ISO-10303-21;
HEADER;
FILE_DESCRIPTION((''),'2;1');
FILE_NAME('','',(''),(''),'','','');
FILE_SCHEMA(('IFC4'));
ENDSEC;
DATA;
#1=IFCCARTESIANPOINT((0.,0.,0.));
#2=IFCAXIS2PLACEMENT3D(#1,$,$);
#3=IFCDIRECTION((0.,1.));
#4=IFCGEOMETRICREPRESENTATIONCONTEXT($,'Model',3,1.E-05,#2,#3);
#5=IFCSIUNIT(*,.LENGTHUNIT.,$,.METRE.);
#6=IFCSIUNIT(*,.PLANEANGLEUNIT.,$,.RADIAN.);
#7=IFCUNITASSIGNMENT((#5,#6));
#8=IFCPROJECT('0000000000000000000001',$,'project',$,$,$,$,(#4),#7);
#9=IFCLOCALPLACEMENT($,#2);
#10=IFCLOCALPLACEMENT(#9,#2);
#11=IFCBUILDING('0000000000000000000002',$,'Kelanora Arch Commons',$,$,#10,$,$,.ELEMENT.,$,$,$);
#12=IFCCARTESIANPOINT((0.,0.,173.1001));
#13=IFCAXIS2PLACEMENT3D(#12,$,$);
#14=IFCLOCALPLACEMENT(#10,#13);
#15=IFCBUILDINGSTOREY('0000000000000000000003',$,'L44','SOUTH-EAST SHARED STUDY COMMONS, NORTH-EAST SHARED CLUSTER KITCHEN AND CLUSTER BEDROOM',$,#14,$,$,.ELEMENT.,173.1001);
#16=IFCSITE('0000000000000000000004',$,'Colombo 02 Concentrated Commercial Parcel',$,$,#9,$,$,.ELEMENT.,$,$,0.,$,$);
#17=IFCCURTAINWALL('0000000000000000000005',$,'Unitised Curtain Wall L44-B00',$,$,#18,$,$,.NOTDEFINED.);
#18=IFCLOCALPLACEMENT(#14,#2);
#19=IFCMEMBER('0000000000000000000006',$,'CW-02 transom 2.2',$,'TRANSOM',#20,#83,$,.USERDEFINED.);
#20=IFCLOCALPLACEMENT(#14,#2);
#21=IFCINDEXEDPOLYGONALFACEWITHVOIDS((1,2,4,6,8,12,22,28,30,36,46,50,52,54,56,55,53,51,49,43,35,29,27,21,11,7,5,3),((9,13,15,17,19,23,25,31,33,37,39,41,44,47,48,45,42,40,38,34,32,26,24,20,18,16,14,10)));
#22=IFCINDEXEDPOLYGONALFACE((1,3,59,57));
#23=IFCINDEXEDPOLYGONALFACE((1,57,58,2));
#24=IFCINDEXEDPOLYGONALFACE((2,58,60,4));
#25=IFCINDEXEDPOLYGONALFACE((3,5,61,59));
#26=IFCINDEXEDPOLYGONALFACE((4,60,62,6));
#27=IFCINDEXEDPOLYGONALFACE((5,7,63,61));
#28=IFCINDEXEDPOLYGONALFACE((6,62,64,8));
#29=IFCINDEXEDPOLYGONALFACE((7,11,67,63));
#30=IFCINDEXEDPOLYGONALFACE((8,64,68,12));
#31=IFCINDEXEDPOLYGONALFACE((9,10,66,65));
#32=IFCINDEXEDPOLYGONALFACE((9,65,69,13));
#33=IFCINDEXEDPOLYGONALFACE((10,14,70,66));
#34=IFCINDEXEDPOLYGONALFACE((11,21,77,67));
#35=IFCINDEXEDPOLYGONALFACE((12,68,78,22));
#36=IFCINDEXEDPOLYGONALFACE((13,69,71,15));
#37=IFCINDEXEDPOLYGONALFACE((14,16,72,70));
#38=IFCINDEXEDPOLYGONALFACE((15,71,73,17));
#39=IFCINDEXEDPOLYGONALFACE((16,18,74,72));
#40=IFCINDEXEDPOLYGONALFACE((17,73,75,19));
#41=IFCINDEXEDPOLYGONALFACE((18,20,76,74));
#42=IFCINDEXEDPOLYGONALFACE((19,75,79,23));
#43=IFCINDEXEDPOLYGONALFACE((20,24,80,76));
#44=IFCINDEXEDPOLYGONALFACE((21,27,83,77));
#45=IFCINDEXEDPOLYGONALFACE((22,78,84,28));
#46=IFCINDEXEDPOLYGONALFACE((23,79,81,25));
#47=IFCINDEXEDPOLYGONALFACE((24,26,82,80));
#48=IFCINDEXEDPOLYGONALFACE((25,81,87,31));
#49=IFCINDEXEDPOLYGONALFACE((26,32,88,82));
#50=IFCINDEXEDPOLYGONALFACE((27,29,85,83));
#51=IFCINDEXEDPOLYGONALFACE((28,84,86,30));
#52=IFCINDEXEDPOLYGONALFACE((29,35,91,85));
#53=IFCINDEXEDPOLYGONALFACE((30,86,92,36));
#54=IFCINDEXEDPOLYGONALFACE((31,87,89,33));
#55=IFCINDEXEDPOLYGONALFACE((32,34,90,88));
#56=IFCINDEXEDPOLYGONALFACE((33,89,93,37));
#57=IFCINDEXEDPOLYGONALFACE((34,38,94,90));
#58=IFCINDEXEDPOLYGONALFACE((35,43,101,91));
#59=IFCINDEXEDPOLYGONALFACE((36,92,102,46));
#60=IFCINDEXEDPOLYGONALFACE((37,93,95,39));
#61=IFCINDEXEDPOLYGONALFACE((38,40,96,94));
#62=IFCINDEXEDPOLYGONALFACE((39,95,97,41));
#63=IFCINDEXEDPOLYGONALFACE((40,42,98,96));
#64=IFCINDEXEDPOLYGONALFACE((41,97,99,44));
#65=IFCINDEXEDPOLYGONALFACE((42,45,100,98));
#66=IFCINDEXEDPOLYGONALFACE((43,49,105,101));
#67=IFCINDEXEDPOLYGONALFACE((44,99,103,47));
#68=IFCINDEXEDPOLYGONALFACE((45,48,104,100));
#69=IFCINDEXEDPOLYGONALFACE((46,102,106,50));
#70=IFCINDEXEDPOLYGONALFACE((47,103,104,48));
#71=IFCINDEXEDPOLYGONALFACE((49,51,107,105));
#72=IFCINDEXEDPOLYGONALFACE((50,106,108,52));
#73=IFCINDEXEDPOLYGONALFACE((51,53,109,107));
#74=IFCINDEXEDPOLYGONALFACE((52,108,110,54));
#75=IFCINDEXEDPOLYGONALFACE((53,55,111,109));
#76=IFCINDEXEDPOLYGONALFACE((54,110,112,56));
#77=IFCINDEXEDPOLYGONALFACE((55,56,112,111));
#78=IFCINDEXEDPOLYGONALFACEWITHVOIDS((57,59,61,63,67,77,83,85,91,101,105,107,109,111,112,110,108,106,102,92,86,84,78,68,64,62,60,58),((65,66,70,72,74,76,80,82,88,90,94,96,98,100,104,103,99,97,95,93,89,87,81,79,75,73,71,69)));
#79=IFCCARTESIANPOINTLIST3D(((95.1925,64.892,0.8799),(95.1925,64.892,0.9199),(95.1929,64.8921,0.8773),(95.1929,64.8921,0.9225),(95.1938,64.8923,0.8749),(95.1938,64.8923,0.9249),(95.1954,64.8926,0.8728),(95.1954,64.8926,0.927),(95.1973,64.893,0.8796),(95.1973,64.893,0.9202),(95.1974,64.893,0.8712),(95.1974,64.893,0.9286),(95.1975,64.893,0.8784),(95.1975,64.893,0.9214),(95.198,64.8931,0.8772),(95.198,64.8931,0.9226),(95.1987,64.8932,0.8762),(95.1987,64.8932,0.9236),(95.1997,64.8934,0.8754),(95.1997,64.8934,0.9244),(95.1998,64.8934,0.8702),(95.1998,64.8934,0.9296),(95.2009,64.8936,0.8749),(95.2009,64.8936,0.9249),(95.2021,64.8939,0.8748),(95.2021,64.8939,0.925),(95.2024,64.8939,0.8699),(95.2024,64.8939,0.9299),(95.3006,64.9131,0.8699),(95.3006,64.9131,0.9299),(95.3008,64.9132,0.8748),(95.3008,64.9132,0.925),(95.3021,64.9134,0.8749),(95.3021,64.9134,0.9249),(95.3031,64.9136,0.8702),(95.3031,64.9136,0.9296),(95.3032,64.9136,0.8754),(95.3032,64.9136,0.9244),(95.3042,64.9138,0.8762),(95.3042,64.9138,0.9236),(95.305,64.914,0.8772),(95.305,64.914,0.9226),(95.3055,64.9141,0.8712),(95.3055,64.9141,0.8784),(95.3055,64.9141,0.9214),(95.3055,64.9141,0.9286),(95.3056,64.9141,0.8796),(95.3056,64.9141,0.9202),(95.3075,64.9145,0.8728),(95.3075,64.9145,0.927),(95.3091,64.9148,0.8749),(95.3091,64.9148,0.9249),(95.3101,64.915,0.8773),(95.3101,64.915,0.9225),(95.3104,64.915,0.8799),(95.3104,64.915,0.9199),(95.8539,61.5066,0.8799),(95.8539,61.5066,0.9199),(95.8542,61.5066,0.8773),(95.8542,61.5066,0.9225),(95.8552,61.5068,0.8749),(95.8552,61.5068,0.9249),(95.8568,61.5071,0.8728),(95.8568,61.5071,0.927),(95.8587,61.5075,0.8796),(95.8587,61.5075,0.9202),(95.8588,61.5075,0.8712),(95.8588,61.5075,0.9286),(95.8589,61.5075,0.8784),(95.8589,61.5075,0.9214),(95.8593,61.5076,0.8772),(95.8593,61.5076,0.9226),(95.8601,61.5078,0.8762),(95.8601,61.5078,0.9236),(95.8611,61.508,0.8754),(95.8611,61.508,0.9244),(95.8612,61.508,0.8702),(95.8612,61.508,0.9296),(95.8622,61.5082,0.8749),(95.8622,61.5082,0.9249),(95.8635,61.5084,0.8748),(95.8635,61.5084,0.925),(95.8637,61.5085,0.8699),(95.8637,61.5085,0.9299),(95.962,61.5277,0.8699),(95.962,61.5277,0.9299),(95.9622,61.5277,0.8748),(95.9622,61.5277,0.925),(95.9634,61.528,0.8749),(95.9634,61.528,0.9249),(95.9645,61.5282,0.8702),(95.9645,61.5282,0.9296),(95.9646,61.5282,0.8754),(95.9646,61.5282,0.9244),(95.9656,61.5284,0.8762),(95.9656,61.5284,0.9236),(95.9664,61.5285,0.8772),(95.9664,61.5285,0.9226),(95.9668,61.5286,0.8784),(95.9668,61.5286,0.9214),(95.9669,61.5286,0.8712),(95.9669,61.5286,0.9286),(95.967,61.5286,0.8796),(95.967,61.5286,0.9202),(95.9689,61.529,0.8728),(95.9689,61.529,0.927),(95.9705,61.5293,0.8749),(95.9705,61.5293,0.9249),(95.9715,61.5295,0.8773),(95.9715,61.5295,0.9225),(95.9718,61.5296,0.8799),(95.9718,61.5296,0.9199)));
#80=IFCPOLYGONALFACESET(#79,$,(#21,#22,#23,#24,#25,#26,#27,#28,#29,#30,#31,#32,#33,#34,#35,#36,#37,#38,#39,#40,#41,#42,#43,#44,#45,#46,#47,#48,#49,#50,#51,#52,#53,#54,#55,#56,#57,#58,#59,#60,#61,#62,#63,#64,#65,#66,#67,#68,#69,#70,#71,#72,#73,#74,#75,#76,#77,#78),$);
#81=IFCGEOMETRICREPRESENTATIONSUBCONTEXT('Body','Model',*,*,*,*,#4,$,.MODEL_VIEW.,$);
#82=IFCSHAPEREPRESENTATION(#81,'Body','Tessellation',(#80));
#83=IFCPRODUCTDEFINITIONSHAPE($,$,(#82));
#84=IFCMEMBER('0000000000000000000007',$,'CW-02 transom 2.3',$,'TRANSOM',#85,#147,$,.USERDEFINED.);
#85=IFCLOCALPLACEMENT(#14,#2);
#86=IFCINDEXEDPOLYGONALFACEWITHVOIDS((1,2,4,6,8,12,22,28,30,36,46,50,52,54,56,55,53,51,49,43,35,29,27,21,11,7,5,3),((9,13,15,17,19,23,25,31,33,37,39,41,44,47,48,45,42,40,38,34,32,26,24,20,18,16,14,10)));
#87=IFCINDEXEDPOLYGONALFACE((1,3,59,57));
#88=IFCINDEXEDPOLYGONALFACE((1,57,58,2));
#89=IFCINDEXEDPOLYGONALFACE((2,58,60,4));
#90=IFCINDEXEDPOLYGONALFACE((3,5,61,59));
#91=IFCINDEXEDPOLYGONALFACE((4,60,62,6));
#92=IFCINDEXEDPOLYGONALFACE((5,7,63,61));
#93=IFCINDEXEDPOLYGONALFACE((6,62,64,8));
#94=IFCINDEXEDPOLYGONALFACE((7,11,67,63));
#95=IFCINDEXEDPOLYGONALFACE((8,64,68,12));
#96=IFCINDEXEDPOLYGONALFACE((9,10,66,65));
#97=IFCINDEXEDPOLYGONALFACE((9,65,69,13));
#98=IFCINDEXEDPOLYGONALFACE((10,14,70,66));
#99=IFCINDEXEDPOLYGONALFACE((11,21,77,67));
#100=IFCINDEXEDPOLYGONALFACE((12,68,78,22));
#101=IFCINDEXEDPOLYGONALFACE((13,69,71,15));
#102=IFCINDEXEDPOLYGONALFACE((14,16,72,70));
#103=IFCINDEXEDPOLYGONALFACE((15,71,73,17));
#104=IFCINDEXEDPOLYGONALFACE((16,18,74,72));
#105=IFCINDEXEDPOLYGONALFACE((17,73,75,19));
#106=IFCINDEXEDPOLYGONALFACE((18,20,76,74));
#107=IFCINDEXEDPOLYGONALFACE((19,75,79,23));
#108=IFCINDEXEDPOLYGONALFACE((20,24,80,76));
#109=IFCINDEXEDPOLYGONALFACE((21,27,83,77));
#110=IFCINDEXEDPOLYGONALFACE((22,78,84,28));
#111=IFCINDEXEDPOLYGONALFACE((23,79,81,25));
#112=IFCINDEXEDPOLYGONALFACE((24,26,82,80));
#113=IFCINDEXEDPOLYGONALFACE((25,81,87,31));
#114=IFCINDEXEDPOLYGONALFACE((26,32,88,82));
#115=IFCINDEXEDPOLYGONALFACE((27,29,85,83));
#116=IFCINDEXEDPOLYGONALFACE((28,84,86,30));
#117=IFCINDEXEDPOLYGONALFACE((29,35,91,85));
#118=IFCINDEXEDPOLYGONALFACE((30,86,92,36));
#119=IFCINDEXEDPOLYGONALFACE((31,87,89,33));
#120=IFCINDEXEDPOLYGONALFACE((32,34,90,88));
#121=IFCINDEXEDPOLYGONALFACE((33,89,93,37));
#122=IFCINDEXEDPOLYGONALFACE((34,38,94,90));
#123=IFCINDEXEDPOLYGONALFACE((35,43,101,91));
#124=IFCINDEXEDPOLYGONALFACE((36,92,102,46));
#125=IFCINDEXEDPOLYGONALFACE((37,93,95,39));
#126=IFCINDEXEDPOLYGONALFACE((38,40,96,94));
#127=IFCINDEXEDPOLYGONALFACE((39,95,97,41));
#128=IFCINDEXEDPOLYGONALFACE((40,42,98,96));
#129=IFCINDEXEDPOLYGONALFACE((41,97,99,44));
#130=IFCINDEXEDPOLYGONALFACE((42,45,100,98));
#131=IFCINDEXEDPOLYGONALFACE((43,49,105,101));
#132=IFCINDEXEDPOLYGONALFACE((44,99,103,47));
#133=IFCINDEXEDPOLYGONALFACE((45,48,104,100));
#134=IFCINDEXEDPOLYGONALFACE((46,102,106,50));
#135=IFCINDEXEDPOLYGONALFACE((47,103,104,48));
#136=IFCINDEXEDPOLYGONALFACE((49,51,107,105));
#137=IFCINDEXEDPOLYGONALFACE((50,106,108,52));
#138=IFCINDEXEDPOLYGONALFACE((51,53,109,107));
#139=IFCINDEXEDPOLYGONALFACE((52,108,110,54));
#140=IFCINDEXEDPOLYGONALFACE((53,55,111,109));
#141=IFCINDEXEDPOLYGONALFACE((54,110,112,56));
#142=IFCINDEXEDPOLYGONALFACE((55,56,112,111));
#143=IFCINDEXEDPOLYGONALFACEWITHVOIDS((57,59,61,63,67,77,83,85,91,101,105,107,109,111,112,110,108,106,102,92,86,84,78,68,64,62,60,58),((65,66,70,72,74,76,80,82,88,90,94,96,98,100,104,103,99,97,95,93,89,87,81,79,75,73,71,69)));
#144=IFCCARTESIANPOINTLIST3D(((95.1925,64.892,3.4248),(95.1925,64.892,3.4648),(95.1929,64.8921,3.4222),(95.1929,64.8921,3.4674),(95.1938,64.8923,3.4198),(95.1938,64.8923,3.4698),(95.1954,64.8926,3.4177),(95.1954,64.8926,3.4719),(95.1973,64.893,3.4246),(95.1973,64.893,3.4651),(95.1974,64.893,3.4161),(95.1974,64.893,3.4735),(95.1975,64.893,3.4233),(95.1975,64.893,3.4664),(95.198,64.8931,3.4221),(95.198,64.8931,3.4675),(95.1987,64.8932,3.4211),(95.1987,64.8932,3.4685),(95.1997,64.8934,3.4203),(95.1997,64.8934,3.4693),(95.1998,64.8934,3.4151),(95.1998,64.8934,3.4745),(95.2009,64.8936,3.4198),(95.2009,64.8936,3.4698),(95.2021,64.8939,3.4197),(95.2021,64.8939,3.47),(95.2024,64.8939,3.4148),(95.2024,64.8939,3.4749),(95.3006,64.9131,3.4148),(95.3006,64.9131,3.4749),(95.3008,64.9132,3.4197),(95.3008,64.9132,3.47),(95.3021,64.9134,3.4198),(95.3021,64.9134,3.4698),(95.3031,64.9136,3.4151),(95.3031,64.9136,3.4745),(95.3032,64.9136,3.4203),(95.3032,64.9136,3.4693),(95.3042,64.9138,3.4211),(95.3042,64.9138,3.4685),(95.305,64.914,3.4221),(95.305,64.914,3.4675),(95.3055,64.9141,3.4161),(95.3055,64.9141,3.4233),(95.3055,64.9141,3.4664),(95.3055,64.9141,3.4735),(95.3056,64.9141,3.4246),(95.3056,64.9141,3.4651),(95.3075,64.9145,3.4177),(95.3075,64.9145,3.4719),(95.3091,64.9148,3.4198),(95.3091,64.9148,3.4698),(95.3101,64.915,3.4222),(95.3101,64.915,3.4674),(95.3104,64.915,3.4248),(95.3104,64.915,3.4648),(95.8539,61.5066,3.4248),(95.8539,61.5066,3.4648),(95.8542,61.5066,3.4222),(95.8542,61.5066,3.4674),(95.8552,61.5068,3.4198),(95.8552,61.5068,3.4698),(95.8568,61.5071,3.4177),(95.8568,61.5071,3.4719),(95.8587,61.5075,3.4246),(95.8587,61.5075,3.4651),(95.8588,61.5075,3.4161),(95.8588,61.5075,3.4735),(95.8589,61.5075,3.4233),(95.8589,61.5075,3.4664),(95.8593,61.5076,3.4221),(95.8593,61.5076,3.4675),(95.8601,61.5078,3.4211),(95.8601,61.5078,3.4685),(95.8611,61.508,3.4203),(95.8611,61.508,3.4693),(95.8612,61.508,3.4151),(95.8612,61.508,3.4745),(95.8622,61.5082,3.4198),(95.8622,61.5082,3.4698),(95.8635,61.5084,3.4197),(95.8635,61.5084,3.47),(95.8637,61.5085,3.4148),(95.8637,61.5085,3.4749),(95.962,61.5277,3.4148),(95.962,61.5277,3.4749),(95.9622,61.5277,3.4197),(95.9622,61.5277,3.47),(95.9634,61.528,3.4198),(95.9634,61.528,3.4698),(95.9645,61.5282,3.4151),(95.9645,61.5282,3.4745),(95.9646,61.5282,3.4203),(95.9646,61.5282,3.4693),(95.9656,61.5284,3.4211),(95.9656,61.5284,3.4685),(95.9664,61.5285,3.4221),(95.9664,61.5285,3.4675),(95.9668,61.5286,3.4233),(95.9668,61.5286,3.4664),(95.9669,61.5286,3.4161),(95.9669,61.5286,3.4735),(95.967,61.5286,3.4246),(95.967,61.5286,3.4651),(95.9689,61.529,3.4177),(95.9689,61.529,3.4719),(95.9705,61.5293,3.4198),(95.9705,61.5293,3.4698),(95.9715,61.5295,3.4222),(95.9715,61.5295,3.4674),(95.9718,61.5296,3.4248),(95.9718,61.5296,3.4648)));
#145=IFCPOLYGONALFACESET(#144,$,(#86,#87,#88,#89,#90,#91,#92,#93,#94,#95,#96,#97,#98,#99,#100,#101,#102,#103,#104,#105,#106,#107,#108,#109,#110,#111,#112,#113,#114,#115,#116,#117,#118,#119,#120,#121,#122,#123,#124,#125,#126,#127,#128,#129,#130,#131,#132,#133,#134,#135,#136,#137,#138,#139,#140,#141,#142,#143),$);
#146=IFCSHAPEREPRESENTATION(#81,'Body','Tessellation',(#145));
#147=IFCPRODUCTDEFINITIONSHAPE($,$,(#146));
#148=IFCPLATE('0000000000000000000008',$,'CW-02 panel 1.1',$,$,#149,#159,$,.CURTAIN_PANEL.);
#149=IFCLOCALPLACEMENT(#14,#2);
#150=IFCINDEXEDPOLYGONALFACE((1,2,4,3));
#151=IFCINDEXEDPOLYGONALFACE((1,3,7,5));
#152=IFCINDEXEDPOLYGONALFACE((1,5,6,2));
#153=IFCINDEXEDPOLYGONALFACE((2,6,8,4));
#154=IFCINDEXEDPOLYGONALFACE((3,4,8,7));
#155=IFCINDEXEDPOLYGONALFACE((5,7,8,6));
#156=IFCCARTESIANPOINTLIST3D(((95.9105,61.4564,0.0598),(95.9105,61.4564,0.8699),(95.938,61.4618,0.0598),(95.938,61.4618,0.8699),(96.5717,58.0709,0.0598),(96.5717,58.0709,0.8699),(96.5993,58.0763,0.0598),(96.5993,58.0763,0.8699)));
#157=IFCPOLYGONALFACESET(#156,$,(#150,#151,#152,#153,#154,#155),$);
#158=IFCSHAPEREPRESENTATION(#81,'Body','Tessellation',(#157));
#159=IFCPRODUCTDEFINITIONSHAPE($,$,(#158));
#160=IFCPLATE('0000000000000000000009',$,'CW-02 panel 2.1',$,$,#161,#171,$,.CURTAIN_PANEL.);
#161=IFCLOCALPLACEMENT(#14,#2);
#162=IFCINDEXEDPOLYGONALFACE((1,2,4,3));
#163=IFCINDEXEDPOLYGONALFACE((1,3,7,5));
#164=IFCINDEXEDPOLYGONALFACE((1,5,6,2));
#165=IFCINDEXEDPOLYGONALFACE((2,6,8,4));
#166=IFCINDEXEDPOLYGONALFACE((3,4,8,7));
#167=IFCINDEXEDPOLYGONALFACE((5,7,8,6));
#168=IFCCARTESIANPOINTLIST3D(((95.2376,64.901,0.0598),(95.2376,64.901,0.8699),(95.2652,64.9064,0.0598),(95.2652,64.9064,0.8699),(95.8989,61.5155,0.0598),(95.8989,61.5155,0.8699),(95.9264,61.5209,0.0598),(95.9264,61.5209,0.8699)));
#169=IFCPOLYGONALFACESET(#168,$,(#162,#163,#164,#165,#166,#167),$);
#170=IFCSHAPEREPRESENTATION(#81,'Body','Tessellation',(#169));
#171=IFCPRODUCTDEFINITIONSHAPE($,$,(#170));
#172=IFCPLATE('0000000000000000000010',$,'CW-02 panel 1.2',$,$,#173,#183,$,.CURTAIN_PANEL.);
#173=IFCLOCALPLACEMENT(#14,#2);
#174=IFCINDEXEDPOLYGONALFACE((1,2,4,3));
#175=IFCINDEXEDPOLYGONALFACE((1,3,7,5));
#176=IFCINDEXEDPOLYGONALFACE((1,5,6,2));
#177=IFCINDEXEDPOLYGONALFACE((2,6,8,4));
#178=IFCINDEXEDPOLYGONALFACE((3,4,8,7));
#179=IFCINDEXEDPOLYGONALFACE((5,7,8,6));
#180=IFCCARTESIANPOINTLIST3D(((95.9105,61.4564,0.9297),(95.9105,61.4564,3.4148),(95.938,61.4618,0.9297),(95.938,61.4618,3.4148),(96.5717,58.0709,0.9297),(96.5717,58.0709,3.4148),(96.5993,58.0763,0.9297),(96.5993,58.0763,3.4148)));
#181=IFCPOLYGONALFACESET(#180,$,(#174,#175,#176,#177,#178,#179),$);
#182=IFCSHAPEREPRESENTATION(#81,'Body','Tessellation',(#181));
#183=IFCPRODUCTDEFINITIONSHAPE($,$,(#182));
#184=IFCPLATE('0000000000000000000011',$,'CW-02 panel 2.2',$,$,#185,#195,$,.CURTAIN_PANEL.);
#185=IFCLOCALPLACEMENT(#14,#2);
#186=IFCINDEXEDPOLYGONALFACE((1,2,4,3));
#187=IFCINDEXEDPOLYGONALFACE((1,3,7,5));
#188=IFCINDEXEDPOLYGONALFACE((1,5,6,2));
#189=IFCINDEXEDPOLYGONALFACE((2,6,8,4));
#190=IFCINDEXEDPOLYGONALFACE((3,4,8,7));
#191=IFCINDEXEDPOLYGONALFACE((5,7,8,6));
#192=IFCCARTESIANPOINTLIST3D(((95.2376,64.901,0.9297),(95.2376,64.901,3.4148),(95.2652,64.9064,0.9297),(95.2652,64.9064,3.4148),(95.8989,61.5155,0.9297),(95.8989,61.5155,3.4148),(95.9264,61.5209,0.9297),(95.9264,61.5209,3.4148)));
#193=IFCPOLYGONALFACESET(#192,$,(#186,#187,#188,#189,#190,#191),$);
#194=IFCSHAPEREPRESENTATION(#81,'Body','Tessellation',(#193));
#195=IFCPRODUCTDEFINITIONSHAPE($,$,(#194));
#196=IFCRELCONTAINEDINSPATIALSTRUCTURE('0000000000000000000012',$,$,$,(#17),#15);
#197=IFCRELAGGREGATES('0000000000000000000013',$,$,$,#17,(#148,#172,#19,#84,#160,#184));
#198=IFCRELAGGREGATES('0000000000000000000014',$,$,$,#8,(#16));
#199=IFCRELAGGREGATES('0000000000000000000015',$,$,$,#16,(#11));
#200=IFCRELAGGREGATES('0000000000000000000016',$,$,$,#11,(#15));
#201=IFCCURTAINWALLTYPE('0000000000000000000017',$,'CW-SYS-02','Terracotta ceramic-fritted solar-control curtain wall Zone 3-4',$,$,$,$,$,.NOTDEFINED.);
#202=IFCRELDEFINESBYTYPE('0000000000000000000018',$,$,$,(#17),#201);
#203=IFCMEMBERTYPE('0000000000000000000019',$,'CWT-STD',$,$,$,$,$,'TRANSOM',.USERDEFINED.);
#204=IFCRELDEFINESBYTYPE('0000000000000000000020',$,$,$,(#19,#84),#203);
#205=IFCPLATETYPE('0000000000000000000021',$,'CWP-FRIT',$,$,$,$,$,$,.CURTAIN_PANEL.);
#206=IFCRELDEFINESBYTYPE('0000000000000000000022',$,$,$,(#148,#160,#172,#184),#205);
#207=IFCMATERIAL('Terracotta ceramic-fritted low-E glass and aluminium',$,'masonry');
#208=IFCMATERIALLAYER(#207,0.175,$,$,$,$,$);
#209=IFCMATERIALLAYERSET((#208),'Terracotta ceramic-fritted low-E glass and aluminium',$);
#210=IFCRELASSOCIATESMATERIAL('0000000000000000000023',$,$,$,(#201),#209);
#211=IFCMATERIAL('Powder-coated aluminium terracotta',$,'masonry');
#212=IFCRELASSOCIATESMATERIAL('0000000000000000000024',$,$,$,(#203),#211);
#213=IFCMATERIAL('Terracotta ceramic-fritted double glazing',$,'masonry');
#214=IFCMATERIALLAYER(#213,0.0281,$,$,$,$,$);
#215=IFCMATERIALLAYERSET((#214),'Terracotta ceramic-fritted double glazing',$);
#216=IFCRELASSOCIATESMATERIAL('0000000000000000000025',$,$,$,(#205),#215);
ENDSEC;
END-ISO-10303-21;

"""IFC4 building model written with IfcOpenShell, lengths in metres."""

from ifc_helpers import new_model, si_unit, direction, frame, origin, origin_2d, place, context, subcontext, project, spatial, rectangle, hollow_rectangle, extrude, source, transform, mapped, material, layer, layer_set, material_profile, profile_set, type_object, element, aggregate, save


model = new_model("IFC4")

# Units and contexts
model_context = context("Model", 3, precision=1e-05, world=origin(), true_north=direction((0.0, 1.0)))
body_context = subcontext(model_context, "Body", "Model", "MODEL_VIEW")
ifc_project = project(units=[si_unit("LENGTHUNIT", "METRE"), si_unit("PLANEANGLEUNIT", "RADIAN")], contexts=[model_context])

# Site, building, storey
site_placement = place(None, origin())
site = spatial("IfcSite", under=ifc_project, at=site_placement, Name="Colombo 02 Concentrated Commercial Parcel", CompositionType="ELEMENT", RefElevation=0.0)
building_placement = place(site_placement, origin())
building = spatial("IfcBuilding", under=site, at=building_placement, Name="Kelanora Arch Commons", CompositionType="ELEMENT")
storey_placement = place(building_placement, frame((0.0, 0.0, 173.1001)))
storey = spatial("IfcBuildingStorey", under=building, at=storey_placement, Name="L44", Description="SOUTH-EAST SHARED STUDY COMMONS, NORTH-EAST SHARED CLUSTER KITCHEN AND CLUSTER BEDROOM", CompositionType="ELEMENT", Elevation=173.1001)

# Curtain wall, members, plates
ifc_material_1 = material(Name="Terracotta ceramic-fritted low-E glass and aluminium", Category="masonry")
ifc_layer_1 = layer(ifc_material_1, 0.175)
ifc_layer_set_1 = layer_set([ifc_layer_1], Name="Terracotta ceramic-fritted low-E glass and aluminium")
curtain_wall_type = type_object("IfcCurtainWallType", Name="CW-SYS-02", Description="Terracotta ceramic-fritted solar-control curtain wall Zone 3-4", PredefinedType="NOTDEFINED", material=ifc_layer_set_1)
curtain_wall_placement = place(storey_placement, origin())
curtain_wall = element("IfcCurtainWall", 1, at=curtain_wall_placement, inside=storey, type_object=curtain_wall_type, Name="Unitised Curtain Wall L44-B00", PredefinedType="NOTDEFINED")
ifc_material_2 = material(Name="Powder-coated aluminium terracotta", Category="masonry")
ifc_material_profile_1 = material_profile(ifc_material_2, hollow_rectangle(XDim=0.1201, YDim=0.0601, WallThickness=0.0049, InnerFilletRadius=0.0049, OuterFilletRadius=0.01, at=origin_2d()), Name="CWT120x60")
ifc_profile_set_1 = profile_set([ifc_material_profile_1], Name="Powder-coated aluminium terracotta")
member_type_1 = type_object("IfcMemberType", Name="CWT-STD", ElementType="TRANSOM", PredefinedType="USERDEFINED", material=ifc_profile_set_1)
member_1_placement = place(storey_placement, frame((95.9128, 61.5181, 0.8999), z_axis=(-0.191732, 0.981447, 0.0), x_axis=(-0.981447, -0.191732, 0.0)))
member_1 = element("IfcMember", 2, at=member_1_placement, type_object=member_type_1, Name="CW-02 transom 2.2", ObjectType="TRANSOM", PredefinedType="USERDEFINED", context=body_context, shape_type="SweptSolid", body=[
    extrude(hollow_rectangle(XDim=0.1201, YDim=0.0601, WallThickness=0.0049, InnerFilletRadius=0.0049, OuterFilletRadius=0.01, at=origin_2d()), origin(), (0.0, 0.0, 1.0), 3.4495),
])
member_2_placement = place(storey_placement, frame((95.9128, 61.5181, 3.4448), z_axis=(-0.191732, 0.981447, 0.0), x_axis=(-0.981447, -0.191732, 0.0)))
member_2 = element("IfcMember", 3, at=member_2_placement, type_object=member_type_1, Name="CW-02 transom 2.3", ObjectType="TRANSOM", PredefinedType="USERDEFINED", context=body_context, shape_type="SweptSolid", body=[
    extrude(hollow_rectangle(XDim=0.1201, YDim=0.0601, WallThickness=0.0049, InnerFilletRadius=0.0049, OuterFilletRadius=0.01, at=origin_2d()), origin(), (0.0, 0.0, 1.0), 3.4495),
])
ifc_material_3 = material(Name="Terracotta ceramic-fritted double glazing", Category="masonry")
ifc_layer_2 = layer(ifc_material_3, 0.0281)
ifc_layer_set_2 = layer_set([ifc_layer_2], Name="Terracotta ceramic-fritted double glazing")
plate_type = type_object("IfcPlateType", Name="CWP-FRIT", PredefinedType="CURTAIN_PANEL", material=ifc_layer_set_2)
shared_shape_1 = source(origin(), body_context, "Body", "SweptSolid", [
    extrude(rectangle(XDim=3.4495, YDim=0.0281, at=origin_2d()), origin(), (0.0, 0.0, 1.0), 0.8101),
])
plate_1_placement = place(storey_placement, frame((96.2549, 59.7664, 0.0598), z_axis=(0.0, 0.0, 1.0), x_axis=(-0.191705, 0.981453, 0.0)))
plate_1 = element("IfcPlate", 4, at=plate_1_placement, type_object=plate_type, Name="CW-02 panel 1.1", PredefinedType="CURTAIN_PANEL", context=body_context, shape_type="MappedRepresentation", body=[
    mapped(shared_shape_1, transform((0.0, 0.0, 0.0), scale=1.0)),
])
plate_2_placement = place(storey_placement, frame((95.582, 63.2109, 0.0598), z_axis=(0.0, 0.0, 1.0), x_axis=(-0.191705, 0.981453, 0.0)))
plate_2 = element("IfcPlate", 5, at=plate_2_placement, type_object=plate_type, Name="CW-02 panel 2.1", PredefinedType="CURTAIN_PANEL", context=body_context, shape_type="MappedRepresentation", body=[
    mapped(shared_shape_1, transform((0.0, 0.0, 0.0), scale=1.0)),
])
shared_shape_2 = source(origin(), body_context, "Body", "SweptSolid", [
    extrude(rectangle(XDim=3.4495, YDim=0.0281, at=origin_2d()), origin(), (0.0, 0.0, 1.0), 2.4851),
])
plate_3_placement = place(storey_placement, frame((96.2549, 59.7664, 0.9297), z_axis=(0.0, 0.0, 1.0), x_axis=(-0.191705, 0.981453, 0.0)))
plate_3 = element("IfcPlate", 6, at=plate_3_placement, type_object=plate_type, Name="CW-02 panel 1.2", PredefinedType="CURTAIN_PANEL", context=body_context, shape_type="MappedRepresentation", body=[
    mapped(shared_shape_2, transform((0.0, 0.0, 0.0), scale=1.0)),
])
plate_4_placement = place(storey_placement, frame((95.582, 63.2109, 0.9297), z_axis=(0.0, 0.0, 1.0), x_axis=(-0.191705, 0.981453, 0.0)))
plate_4 = element("IfcPlate", 7, at=plate_4_placement, type_object=plate_type, Name="CW-02 panel 2.2", PredefinedType="CURTAIN_PANEL", context=body_context, shape_type="MappedRepresentation", body=[
    mapped(shared_shape_2, transform((0.0, 0.0, 0.0), scale=1.0)),
])
aggregate(curtain_wall, [plate_1, plate_3, member_1, member_2, plate_2, plate_4])

save(model, "model.ifc")
